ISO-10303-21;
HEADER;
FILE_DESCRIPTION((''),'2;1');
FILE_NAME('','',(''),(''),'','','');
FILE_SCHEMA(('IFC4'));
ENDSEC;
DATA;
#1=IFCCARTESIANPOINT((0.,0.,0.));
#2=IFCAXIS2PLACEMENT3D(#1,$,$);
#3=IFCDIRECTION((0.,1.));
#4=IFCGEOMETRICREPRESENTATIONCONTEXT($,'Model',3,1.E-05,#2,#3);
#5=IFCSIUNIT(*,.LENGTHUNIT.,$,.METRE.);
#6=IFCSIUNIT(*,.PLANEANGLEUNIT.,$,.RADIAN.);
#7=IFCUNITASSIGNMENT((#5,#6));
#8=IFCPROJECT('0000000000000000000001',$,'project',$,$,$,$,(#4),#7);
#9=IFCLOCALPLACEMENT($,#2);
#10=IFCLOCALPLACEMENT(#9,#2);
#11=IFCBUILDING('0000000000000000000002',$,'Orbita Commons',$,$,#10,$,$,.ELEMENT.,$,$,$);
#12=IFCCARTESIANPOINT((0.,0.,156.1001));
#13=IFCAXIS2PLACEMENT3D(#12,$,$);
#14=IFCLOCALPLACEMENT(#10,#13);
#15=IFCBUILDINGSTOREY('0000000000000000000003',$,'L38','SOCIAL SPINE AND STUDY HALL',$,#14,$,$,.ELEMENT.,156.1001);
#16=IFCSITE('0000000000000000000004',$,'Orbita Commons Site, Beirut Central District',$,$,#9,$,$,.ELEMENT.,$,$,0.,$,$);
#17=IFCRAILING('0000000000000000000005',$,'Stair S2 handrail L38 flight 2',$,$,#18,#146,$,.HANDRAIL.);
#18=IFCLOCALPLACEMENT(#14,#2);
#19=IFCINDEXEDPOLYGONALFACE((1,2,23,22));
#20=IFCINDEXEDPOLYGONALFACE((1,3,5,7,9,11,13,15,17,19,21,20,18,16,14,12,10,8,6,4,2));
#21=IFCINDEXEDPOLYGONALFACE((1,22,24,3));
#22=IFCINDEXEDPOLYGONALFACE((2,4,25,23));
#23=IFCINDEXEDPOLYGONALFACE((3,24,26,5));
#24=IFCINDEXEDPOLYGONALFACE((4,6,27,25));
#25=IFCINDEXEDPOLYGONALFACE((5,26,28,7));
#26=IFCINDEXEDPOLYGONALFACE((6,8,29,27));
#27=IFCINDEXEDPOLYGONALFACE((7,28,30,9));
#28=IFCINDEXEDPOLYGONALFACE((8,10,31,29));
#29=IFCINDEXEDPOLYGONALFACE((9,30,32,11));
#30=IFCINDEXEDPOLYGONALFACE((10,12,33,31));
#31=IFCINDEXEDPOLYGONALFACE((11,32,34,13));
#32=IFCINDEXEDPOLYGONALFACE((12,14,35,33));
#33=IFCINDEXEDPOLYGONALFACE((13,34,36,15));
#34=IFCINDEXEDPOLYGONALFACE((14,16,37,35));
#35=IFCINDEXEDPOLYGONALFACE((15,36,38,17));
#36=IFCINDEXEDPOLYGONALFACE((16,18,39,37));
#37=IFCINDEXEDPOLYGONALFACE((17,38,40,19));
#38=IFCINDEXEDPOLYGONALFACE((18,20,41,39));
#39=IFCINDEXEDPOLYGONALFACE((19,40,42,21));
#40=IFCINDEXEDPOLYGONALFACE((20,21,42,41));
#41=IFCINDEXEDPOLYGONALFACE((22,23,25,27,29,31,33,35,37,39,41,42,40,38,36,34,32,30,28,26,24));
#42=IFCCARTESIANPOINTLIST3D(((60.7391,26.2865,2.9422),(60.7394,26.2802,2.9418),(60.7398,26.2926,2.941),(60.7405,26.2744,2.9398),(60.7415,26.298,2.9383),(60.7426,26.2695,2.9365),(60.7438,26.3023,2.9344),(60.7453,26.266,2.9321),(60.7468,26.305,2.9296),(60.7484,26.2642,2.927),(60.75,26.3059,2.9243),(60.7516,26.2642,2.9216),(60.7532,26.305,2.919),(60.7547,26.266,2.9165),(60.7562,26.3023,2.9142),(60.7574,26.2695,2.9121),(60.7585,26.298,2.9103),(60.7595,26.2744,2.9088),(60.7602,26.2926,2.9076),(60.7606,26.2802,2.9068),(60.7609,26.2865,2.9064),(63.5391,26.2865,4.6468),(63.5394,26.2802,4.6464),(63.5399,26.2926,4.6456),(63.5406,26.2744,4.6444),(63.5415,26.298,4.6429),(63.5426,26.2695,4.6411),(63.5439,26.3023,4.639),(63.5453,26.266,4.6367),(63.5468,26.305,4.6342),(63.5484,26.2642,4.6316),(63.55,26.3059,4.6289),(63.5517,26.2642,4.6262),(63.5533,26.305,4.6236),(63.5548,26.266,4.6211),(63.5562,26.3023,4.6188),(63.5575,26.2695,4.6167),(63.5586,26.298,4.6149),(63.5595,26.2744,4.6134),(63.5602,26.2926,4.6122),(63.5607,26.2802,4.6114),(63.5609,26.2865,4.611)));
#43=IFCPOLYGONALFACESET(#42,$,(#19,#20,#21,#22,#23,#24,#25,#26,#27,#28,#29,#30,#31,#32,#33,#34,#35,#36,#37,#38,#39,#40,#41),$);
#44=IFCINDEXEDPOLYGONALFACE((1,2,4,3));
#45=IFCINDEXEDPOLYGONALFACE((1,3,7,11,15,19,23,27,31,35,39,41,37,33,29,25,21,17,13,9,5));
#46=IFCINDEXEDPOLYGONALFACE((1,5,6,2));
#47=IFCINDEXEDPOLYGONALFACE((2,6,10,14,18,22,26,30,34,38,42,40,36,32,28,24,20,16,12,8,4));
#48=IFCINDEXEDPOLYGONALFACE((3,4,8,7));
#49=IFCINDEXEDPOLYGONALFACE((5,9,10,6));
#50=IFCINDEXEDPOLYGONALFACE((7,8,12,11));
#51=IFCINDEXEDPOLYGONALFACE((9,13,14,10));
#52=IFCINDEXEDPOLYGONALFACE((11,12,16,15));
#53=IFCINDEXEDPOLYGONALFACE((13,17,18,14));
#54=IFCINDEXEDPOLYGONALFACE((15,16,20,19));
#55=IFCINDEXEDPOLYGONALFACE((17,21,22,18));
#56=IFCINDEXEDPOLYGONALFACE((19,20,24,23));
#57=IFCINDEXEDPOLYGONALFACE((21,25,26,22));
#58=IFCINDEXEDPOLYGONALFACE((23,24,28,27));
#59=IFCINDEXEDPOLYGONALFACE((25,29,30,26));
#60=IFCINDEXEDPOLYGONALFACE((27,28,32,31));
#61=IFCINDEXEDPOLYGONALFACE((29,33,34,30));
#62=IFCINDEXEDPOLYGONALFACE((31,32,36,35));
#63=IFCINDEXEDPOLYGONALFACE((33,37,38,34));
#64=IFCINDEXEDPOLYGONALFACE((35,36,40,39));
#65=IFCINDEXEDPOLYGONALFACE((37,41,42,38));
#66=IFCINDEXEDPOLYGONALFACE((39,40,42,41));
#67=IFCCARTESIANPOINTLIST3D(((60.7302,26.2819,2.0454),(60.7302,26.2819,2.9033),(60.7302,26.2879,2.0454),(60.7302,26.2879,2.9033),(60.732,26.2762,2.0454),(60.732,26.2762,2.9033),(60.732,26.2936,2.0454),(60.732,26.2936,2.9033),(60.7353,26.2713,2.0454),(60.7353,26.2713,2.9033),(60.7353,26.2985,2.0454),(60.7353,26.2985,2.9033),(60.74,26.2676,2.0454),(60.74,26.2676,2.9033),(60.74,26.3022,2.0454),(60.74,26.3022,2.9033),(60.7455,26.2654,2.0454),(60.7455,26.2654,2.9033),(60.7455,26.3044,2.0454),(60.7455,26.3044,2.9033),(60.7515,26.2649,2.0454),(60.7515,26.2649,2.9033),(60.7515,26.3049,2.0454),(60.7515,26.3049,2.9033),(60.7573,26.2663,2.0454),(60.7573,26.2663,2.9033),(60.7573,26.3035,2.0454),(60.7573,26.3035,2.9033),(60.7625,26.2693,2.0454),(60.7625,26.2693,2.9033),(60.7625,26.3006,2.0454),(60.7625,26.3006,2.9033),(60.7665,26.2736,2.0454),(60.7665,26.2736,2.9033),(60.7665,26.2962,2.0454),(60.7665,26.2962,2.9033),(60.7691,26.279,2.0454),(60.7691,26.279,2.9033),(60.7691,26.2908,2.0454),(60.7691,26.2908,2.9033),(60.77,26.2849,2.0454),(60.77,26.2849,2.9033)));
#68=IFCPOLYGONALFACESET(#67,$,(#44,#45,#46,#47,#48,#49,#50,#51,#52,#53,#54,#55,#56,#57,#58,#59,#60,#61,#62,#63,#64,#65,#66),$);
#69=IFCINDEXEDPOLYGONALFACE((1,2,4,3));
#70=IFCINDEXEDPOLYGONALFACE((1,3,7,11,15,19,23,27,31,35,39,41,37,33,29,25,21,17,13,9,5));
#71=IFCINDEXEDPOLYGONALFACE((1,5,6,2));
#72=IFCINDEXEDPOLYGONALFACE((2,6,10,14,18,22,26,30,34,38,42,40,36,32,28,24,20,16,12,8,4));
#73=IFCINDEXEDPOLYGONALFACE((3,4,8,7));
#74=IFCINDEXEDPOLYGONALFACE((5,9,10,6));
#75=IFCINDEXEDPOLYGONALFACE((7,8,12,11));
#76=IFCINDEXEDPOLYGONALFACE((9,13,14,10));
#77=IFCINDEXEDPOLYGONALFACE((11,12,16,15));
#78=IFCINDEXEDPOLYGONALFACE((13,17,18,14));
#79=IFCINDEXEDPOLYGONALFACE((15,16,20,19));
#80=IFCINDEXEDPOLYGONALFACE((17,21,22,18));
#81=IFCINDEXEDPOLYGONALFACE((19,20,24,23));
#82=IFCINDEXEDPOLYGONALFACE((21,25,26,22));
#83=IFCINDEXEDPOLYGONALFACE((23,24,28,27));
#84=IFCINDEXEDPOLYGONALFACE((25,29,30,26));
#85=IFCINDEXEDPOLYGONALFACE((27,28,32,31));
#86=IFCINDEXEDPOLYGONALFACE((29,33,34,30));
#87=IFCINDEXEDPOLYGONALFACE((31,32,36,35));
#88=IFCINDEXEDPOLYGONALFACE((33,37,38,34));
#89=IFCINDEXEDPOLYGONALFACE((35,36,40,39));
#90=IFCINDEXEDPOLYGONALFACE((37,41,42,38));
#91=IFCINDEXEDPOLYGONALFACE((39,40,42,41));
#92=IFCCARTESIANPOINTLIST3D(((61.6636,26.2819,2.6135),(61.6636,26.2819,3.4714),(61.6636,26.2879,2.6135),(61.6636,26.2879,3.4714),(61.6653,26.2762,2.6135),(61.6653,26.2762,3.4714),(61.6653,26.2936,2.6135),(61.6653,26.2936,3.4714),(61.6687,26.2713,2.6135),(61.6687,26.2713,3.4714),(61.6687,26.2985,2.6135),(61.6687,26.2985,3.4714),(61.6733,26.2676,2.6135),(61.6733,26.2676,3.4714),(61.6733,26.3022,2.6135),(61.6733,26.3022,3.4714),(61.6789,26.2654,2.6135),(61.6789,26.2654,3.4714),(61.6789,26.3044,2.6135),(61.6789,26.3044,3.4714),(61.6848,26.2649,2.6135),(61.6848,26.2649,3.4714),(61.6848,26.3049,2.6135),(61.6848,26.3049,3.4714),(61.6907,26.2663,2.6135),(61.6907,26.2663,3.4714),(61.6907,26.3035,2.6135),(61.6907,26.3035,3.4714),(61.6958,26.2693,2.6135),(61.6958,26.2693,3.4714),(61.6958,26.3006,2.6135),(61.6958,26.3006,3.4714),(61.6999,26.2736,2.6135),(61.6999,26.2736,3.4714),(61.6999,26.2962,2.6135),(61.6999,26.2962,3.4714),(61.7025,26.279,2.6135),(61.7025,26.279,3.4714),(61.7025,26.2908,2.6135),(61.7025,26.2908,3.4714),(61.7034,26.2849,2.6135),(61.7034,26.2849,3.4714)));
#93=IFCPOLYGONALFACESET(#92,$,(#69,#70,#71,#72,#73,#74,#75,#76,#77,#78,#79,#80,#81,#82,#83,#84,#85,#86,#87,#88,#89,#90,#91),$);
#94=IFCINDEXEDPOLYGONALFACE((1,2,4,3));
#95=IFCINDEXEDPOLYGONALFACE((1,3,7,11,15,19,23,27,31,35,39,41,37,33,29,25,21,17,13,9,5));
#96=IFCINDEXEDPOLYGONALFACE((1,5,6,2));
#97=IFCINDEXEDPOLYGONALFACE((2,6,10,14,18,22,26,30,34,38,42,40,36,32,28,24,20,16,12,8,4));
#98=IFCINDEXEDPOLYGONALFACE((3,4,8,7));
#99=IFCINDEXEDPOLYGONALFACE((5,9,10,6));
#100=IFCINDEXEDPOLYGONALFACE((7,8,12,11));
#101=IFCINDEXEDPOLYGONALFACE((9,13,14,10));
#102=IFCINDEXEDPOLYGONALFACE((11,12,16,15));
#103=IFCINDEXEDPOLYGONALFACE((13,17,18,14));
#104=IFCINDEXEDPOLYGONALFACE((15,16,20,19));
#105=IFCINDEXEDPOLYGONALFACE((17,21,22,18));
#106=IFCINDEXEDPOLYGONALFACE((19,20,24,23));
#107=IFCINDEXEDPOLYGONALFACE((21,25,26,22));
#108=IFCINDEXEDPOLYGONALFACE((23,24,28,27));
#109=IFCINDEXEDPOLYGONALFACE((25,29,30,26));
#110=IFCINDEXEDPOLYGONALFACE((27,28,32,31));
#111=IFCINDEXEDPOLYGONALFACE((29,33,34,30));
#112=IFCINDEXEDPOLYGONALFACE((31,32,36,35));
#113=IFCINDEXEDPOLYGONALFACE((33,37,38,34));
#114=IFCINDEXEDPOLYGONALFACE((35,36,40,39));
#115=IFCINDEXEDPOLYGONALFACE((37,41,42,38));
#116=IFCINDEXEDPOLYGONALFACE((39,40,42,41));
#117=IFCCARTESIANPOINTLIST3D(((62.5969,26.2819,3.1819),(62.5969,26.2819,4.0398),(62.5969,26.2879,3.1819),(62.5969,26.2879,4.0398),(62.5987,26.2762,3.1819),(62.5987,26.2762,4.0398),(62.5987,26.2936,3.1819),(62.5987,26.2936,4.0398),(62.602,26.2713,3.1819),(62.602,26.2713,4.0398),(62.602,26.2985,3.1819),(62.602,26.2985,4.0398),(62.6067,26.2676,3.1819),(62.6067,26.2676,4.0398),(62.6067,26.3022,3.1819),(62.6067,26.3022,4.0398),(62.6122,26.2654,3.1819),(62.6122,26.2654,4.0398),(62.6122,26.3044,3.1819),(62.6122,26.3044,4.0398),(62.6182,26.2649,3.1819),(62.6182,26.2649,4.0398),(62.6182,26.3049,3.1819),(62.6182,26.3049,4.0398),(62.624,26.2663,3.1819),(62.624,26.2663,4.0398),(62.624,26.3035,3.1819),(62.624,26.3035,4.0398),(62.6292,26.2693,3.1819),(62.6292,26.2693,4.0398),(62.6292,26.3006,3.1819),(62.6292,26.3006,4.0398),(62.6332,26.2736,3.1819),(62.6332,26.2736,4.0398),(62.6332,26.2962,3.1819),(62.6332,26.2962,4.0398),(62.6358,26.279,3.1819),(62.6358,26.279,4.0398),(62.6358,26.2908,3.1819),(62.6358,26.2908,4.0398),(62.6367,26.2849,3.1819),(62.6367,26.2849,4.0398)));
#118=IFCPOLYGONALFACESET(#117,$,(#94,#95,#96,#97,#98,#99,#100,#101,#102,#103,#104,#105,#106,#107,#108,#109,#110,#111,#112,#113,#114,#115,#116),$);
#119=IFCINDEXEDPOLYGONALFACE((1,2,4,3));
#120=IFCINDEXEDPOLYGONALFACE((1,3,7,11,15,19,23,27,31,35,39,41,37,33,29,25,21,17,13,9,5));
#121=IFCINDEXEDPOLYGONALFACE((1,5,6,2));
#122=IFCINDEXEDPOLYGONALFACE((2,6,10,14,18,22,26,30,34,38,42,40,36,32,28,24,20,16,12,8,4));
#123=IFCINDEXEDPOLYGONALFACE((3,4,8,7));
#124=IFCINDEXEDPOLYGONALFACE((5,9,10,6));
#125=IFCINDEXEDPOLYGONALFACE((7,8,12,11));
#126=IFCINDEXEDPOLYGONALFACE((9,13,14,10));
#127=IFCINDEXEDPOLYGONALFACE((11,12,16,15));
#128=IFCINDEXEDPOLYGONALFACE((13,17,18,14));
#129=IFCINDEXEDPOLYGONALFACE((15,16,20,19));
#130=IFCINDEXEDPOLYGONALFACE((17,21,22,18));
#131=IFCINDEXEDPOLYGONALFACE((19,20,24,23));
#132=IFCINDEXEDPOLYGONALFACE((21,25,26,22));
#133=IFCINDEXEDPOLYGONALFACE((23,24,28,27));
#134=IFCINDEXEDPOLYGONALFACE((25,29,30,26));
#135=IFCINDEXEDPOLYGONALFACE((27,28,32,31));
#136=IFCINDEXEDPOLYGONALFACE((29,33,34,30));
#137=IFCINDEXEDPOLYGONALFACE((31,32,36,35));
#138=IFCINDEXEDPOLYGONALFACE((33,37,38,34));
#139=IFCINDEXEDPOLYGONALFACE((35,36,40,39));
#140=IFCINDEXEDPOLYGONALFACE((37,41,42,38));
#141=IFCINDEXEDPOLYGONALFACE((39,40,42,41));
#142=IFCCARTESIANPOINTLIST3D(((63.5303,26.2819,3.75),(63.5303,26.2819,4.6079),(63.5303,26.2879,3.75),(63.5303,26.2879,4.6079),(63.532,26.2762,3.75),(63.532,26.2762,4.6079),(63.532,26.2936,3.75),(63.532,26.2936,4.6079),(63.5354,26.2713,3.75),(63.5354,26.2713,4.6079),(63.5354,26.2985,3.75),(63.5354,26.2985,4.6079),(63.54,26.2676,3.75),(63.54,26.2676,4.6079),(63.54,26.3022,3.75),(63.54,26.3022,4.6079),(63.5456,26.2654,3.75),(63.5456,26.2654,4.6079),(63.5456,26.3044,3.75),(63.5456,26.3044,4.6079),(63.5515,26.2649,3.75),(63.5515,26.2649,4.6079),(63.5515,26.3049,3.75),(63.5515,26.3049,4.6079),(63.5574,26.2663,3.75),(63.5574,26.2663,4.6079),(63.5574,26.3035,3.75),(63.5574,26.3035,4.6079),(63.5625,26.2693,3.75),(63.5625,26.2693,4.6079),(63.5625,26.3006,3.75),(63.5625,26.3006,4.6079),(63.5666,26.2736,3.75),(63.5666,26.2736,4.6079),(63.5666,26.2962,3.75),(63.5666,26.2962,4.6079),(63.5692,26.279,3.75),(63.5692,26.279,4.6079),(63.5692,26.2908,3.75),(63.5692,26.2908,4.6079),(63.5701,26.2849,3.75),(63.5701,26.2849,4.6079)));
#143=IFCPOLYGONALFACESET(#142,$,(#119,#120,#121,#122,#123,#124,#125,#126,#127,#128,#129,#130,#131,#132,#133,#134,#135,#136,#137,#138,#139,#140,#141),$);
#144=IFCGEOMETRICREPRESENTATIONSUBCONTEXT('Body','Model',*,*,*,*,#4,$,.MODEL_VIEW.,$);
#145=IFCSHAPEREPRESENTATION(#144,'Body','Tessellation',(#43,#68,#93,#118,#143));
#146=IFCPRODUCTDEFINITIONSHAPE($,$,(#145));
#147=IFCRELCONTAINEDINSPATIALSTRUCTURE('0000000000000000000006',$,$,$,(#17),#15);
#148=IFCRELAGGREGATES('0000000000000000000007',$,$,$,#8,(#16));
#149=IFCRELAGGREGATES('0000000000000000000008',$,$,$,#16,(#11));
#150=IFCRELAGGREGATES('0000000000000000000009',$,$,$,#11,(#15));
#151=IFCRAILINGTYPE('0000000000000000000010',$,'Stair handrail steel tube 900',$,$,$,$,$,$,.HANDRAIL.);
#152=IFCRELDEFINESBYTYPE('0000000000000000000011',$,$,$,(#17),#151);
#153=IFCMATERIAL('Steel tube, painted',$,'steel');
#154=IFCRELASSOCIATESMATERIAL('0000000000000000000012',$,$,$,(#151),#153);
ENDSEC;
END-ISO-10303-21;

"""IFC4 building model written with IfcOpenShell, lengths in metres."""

from ifc_helpers import new_model, si_unit, direction, frame, origin, origin_2d, place, context, subcontext, project, spatial, circle, extrude, material, type_object, element, save


model = new_model("IFC4")

# Units and contexts
model_context = context("Model", 3, precision=1e-05, world=origin(), true_north=direction((0.0, 1.0)))
body_context = subcontext(model_context, "Body", "Model", "MODEL_VIEW")
ifc_project = project(units=[si_unit("LENGTHUNIT", "METRE"), si_unit("PLANEANGLEUNIT", "RADIAN")], contexts=[model_context])

# Site, building, storey
site_placement = place(None, origin())
site = spatial("IfcSite", under=ifc_project, at=site_placement, Name="Orbita Commons Site, Beirut Central District", CompositionType="ELEMENT", RefElevation=0.0)
building_placement = place(site_placement, origin())
building = spatial("IfcBuilding", under=site, at=building_placement, Name="Orbita Commons", CompositionType="ELEMENT")
storey_placement = place(building_placement, frame((0.0, 0.0, 156.1001)))
storey = spatial("IfcBuildingStorey", under=building, at=storey_placement, Name="L38", Description="SOCIAL SPINE AND STUDY HALL", CompositionType="ELEMENT", Elevation=156.1001)

# Railing
ifc_material_1 = material(Name="Steel tube, painted", Category="steel")
railing_type = type_object("IfcRailingType", Name="Stair handrail steel tube 900", PredefinedType="HANDRAIL", material=ifc_material_1)
for number, where, name in (
    (1, (60.75, 26.2849, 2.0454), "Stair S2 handrail L38 flight 2"),
):
    element("IfcRailing", number, at=place(storey_placement, frame(where)), inside=storey, type_object=railing_type, Name=name, PredefinedType="HANDRAIL", context=body_context, shape_type="SweptSolid", body=[
        extrude(circle(Radius=0.021, at=origin_2d()), frame((0.0, 0.0, 0.8789), z_axis=(0.85417, 0.0, 0.519994), x_axis=(0.0, 1.0, 0.0)), (0.0, 0.0, 1.0), 3.2781),
        extrude(circle(Radius=0.02, at=origin_2d()), origin(), (0.0, 0.0, 1.0), 0.8579),
        extrude(circle(Radius=0.02, at=origin_2d()), frame((0.9333, 0.0, 0.5681)), (0.0, 0.0, 1.0), 0.8579),
        extrude(circle(Radius=0.02, at=origin_2d()), frame((1.8667, 0.0, 1.1365)), (0.0, 0.0, 1.0), 0.8579),
        extrude(circle(Radius=0.02, at=origin_2d()), frame((2.8, 0.0, 1.7046)), (0.0, 0.0, 1.0), 0.8579),
    ])

save(model, "model.ifc")
